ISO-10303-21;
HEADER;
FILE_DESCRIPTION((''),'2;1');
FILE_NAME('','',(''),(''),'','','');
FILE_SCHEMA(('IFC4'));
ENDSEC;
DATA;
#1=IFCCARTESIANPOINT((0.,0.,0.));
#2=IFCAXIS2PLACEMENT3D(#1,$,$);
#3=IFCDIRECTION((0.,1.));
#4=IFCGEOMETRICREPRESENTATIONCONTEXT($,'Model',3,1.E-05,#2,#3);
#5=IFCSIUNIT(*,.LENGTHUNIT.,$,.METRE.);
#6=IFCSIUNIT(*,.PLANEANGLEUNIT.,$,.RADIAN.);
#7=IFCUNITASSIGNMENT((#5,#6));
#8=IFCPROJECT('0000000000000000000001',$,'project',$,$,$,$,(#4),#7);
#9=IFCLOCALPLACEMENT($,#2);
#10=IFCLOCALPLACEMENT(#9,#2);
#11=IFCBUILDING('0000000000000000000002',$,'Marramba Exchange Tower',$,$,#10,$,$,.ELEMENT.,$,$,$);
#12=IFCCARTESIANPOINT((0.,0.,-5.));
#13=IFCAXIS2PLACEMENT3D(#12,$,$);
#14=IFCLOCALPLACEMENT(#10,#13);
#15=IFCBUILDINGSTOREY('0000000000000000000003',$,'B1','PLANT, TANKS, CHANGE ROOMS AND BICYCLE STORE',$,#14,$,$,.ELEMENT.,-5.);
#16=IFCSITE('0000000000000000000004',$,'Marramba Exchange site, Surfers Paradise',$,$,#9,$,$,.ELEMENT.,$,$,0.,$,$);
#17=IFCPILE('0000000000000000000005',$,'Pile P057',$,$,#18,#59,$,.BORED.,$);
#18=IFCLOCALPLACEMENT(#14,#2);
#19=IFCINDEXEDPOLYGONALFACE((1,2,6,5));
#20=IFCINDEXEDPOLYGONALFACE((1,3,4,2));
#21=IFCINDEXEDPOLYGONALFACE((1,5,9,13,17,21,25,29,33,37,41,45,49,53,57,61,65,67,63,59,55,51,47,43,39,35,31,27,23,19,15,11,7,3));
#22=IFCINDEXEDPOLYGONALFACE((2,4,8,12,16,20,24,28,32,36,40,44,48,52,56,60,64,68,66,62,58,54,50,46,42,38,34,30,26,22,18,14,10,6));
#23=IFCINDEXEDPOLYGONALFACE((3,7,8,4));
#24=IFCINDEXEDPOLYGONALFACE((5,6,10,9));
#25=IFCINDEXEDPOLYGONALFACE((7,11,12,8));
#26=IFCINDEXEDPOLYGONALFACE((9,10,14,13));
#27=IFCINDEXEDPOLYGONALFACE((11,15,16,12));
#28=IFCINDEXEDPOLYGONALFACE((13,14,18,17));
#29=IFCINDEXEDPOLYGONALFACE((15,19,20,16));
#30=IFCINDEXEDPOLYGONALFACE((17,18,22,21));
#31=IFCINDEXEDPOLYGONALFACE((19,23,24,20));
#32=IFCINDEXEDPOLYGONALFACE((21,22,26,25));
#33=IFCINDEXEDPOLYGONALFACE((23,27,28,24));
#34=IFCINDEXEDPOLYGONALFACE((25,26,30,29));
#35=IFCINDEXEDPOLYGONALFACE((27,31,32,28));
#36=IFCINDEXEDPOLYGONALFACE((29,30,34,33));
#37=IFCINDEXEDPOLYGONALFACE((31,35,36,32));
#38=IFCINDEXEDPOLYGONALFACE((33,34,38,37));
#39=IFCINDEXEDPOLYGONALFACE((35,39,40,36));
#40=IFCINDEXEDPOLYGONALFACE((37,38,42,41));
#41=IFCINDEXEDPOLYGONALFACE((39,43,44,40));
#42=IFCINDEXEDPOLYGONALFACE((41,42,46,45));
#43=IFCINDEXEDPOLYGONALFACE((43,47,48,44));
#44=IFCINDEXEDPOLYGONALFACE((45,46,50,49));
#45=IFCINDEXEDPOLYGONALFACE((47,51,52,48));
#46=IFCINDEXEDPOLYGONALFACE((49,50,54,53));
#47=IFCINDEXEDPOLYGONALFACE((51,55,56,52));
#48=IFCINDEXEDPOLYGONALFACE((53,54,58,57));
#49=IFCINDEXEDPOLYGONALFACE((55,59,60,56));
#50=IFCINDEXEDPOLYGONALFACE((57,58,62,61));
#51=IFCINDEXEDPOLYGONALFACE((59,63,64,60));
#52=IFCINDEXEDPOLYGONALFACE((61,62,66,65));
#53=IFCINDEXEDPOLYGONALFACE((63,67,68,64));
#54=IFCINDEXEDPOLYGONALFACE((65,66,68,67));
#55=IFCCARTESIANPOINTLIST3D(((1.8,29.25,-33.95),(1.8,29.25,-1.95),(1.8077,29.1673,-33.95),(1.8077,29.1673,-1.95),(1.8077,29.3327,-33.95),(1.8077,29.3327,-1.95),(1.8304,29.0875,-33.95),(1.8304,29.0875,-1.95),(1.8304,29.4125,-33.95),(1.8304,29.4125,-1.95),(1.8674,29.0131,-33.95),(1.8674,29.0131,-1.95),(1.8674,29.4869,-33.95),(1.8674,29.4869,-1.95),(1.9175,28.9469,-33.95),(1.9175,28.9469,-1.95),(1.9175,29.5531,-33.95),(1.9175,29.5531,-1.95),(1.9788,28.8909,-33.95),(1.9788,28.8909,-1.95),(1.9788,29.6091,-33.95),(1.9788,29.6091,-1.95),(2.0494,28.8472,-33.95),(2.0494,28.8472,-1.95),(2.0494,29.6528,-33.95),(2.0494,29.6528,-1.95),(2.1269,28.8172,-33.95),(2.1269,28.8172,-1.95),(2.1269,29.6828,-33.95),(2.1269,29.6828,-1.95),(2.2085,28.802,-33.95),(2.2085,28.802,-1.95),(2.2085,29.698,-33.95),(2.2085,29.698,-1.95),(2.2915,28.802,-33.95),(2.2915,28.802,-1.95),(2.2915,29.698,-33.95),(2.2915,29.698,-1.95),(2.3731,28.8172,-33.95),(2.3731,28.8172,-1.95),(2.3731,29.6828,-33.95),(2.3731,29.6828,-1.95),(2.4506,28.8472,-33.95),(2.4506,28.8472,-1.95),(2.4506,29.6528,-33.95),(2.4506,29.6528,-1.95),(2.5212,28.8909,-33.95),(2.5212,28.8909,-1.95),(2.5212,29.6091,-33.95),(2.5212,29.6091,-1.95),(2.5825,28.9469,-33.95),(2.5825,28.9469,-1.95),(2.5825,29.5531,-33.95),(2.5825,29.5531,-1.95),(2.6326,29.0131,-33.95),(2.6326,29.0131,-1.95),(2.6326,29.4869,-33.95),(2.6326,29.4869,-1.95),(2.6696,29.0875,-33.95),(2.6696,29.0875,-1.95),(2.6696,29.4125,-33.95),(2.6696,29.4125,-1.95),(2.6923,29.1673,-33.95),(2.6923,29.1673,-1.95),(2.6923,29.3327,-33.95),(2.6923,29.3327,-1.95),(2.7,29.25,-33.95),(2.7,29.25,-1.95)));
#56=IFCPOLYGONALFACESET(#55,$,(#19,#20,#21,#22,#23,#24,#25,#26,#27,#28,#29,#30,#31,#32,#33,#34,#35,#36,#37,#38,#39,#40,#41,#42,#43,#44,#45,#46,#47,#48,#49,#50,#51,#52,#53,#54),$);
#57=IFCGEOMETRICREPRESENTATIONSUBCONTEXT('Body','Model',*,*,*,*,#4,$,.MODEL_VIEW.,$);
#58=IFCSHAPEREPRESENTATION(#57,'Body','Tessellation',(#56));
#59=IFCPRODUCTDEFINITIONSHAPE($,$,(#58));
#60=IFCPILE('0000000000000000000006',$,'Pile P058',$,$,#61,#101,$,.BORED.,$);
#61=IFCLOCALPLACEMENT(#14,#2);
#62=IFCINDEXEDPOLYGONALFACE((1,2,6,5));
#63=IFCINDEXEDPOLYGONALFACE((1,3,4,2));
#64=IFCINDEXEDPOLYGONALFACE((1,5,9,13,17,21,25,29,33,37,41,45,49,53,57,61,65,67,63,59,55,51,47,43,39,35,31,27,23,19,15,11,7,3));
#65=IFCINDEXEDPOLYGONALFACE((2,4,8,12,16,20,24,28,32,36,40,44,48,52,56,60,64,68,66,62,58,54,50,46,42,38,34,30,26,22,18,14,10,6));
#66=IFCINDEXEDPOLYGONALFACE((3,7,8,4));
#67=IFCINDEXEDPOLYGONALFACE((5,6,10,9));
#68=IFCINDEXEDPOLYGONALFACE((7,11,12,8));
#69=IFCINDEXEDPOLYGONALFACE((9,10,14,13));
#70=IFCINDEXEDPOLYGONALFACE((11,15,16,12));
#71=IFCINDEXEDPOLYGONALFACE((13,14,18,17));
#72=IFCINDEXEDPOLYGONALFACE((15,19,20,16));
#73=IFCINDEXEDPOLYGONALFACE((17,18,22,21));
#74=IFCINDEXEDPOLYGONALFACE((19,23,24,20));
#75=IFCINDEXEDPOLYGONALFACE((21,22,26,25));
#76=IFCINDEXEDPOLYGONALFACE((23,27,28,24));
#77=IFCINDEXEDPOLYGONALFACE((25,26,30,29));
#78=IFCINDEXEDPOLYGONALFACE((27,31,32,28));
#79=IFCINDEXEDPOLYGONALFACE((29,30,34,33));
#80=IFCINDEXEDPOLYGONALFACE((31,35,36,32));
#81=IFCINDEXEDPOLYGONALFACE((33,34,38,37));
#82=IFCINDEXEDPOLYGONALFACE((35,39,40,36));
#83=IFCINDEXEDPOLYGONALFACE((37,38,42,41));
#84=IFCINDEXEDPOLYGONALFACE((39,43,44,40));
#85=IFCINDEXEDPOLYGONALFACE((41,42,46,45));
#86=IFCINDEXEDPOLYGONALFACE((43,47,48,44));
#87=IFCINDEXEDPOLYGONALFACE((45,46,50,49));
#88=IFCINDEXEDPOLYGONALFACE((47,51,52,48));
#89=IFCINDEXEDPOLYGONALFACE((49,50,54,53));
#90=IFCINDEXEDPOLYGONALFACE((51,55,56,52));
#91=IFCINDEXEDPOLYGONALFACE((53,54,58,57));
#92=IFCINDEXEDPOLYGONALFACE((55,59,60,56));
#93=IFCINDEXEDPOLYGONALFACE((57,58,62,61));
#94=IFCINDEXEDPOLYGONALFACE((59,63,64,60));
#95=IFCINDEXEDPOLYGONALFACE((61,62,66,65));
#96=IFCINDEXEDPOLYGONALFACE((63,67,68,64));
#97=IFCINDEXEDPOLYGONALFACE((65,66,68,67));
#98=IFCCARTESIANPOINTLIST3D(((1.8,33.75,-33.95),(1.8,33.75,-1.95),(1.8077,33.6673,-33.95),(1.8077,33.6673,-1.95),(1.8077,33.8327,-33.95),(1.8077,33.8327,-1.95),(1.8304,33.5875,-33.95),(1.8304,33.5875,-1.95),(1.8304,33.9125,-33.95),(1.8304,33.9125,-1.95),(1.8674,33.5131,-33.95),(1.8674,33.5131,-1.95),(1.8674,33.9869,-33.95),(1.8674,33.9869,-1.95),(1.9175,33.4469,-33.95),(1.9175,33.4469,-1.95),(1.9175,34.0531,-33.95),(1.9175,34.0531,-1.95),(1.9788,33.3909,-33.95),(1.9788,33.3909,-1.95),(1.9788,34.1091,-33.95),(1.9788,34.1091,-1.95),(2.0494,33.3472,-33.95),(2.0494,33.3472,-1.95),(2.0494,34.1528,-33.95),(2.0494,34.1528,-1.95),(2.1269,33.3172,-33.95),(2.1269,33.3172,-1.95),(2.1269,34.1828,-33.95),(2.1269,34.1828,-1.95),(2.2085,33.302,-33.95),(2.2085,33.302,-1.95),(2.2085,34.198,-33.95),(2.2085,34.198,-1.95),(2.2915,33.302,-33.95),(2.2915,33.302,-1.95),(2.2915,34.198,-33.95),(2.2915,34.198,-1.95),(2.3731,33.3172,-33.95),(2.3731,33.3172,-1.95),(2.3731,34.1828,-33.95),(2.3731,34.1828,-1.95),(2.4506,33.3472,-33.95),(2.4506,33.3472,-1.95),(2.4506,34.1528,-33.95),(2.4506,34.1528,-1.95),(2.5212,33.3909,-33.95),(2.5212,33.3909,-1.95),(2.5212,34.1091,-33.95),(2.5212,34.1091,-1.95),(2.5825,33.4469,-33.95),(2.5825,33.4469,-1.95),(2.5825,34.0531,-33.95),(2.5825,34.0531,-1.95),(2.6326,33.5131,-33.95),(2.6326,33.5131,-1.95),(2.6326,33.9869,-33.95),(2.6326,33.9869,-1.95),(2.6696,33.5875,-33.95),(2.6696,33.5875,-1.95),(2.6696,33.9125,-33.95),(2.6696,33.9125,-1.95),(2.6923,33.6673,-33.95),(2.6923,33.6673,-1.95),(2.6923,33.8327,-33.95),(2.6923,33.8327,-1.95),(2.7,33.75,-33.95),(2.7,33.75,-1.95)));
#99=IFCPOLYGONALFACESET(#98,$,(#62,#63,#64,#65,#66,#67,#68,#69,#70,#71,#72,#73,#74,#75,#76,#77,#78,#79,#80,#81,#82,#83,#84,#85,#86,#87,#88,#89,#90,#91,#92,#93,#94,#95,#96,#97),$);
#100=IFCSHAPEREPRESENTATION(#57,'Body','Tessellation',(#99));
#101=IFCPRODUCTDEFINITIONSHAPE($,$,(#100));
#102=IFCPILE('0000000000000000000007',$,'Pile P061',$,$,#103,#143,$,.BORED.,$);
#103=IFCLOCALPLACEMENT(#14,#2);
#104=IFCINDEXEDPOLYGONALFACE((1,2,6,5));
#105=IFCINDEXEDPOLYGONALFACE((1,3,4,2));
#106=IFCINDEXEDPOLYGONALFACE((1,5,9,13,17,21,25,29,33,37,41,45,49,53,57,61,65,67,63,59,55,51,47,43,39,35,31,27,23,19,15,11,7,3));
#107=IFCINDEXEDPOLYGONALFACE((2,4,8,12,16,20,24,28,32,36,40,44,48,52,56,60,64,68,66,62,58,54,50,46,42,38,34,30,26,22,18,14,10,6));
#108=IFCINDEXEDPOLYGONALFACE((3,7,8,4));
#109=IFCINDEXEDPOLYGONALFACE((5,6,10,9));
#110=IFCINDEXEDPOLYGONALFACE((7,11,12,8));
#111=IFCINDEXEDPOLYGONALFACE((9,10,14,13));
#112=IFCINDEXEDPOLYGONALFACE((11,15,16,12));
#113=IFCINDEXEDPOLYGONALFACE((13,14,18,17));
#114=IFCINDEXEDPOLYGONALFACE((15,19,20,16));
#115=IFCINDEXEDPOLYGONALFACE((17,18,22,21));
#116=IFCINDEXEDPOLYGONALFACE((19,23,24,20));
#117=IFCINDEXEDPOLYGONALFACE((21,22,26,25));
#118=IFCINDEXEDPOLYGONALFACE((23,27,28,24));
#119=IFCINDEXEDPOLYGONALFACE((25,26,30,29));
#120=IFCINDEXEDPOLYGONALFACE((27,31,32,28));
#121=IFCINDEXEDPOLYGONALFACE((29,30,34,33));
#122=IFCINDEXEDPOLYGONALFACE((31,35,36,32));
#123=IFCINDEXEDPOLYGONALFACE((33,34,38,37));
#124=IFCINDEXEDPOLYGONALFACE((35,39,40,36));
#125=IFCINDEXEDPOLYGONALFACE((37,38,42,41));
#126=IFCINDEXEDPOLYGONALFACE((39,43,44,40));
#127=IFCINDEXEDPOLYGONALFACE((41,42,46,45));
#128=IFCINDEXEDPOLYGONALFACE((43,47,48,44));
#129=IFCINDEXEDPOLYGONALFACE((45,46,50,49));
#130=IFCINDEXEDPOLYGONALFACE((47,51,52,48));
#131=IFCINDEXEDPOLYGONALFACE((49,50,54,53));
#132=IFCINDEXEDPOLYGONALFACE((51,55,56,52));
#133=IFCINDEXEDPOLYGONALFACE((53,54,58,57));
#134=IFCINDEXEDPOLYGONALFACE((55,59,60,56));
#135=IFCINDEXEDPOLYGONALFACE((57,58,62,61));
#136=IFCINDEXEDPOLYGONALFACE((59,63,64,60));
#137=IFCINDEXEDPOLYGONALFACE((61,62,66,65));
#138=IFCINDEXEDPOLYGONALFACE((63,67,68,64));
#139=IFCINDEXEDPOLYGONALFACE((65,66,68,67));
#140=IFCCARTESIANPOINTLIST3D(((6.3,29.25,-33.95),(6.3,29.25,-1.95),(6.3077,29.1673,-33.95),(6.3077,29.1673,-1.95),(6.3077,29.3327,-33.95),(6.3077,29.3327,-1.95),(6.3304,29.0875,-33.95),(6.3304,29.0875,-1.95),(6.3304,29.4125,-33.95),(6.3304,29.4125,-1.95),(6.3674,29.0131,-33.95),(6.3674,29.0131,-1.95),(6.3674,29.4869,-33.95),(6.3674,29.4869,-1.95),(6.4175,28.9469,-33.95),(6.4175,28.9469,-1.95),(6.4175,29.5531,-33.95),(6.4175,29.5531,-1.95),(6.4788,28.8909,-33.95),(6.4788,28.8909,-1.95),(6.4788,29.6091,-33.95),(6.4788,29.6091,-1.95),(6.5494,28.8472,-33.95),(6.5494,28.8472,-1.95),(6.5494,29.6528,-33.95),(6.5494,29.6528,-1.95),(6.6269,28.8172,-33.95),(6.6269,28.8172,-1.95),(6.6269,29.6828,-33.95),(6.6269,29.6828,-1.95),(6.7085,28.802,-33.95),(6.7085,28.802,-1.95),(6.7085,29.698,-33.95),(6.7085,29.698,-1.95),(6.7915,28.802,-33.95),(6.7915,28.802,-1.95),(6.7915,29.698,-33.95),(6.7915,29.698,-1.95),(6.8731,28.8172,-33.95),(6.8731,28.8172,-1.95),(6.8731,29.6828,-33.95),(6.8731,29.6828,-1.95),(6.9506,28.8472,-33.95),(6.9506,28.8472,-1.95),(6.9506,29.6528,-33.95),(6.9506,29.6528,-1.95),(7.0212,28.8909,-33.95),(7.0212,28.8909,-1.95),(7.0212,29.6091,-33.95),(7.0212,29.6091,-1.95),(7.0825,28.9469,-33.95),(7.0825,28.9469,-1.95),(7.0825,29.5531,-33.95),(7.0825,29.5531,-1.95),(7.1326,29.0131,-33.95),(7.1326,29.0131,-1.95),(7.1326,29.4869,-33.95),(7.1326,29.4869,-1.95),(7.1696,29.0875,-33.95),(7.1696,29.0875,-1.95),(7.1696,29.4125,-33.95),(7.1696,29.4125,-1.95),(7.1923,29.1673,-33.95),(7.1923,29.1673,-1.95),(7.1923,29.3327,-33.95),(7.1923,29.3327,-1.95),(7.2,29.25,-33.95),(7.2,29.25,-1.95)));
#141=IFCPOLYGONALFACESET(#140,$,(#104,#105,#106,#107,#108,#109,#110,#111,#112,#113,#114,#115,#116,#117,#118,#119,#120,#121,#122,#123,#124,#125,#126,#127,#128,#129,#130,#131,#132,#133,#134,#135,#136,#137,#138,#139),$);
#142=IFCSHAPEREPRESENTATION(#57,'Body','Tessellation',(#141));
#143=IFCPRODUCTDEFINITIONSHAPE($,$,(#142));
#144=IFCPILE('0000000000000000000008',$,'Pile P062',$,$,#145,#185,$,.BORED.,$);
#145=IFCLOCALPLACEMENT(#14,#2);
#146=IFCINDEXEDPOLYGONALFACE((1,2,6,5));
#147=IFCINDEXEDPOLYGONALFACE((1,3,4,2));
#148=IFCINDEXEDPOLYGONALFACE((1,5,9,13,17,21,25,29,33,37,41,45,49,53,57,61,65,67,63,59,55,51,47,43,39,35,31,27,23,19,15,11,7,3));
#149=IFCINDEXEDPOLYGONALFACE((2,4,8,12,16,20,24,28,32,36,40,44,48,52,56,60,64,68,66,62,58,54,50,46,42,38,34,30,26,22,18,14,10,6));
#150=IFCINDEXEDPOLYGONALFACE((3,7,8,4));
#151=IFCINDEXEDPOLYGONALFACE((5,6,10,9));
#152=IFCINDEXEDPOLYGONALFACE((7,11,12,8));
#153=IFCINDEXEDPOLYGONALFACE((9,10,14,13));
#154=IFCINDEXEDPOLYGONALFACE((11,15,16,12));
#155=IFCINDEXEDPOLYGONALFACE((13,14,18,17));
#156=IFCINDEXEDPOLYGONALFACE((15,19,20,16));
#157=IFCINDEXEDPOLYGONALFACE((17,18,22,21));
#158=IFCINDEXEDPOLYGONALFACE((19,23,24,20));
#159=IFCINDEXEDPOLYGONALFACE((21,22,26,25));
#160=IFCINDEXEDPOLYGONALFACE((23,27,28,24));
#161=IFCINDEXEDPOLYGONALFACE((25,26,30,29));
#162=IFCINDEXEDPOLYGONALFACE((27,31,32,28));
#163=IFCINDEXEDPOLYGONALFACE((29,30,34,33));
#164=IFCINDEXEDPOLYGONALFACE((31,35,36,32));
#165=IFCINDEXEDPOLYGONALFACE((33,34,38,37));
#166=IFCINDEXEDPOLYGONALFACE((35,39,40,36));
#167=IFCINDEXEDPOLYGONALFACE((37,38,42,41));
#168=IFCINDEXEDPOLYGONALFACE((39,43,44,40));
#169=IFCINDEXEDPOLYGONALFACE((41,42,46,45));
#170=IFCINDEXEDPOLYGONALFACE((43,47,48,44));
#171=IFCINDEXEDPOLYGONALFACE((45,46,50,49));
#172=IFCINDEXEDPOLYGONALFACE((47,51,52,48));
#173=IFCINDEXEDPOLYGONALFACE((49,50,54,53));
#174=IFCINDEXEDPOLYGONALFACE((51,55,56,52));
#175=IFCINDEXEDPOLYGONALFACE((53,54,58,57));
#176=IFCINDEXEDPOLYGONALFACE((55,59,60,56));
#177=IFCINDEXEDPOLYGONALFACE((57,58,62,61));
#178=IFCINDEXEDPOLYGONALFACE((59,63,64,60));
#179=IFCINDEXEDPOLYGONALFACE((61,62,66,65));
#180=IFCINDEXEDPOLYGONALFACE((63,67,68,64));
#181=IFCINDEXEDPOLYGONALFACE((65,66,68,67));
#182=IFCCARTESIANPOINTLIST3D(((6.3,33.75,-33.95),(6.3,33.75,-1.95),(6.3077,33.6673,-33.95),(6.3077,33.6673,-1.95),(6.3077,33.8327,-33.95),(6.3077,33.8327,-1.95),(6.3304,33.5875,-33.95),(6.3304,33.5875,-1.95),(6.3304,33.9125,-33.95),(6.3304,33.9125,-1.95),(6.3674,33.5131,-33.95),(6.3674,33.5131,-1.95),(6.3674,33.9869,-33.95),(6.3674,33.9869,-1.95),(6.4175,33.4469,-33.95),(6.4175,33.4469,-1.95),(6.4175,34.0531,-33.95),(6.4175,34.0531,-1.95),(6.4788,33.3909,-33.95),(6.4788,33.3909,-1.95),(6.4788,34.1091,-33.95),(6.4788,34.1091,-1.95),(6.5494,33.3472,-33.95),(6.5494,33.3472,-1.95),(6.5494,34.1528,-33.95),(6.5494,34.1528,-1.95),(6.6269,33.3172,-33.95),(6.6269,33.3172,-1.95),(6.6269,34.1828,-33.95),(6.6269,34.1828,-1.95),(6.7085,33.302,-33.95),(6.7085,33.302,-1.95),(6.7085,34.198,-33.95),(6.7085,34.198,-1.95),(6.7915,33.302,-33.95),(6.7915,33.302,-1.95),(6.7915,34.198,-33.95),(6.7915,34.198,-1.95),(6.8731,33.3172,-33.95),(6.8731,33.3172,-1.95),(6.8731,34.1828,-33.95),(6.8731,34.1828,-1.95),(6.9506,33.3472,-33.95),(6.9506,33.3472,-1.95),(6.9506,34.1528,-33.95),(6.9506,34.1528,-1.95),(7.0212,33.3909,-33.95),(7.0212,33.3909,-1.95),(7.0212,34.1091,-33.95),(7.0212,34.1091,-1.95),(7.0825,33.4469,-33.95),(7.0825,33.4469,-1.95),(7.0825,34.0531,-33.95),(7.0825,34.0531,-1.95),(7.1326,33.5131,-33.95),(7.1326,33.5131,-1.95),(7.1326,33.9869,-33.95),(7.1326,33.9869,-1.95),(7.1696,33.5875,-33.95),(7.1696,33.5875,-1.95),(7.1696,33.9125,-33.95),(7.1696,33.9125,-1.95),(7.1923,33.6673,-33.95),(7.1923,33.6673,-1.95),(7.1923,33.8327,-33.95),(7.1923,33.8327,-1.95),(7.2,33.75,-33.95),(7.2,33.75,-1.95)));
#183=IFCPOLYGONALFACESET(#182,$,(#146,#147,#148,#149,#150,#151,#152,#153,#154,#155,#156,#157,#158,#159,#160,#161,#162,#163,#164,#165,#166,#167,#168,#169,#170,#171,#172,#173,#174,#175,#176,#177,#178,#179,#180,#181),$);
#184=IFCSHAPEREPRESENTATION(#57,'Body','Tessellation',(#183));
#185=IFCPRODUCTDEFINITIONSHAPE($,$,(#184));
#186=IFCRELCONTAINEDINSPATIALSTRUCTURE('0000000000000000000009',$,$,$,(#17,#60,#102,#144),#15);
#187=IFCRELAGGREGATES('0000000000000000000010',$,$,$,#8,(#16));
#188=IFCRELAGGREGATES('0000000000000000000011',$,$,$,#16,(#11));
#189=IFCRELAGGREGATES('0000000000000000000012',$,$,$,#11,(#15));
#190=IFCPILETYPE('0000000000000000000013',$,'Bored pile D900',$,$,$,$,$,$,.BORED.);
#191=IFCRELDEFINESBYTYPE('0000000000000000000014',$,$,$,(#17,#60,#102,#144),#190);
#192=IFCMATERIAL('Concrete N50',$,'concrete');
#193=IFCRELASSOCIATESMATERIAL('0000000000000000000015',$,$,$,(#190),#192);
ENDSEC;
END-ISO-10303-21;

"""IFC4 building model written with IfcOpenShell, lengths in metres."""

from ifc_helpers import new_model, si_unit, direction, frame, origin, origin_2d, place, context, subcontext, project, spatial, circle, extrude, material, material_profile, profile_set, type_object, element, save


model = new_model("IFC4")

# Units and contexts
model_context = context("Model", 3, precision=1e-05, world=origin(), true_north=direction((0.0, 1.0)))
body_context = subcontext(model_context, "Body", "Model", "MODEL_VIEW")
ifc_project = project(units=[si_unit("LENGTHUNIT", "METRE"), si_unit("PLANEANGLEUNIT", "RADIAN")], contexts=[model_context])

# Site, building, storey
site_placement = place(None, origin())
site = spatial("IfcSite", under=ifc_project, at=site_placement, Name="Marramba Exchange site, Surfers Paradise", CompositionType="ELEMENT", RefElevation=0.0)
building_placement = place(site_placement, origin())
building = spatial("IfcBuilding", under=site, at=building_placement, Name="Marramba Exchange Tower", CompositionType="ELEMENT")
storey_placement = place(building_placement, frame((0.0, 0.0, -5.0)))
storey = spatial("IfcBuildingStorey", under=building, at=storey_placement, Name="B1", Description="PLANT, TANKS, CHANGE ROOMS AND BICYCLE STORE", CompositionType="ELEMENT", Elevation=-5.0)

# Piles
ifc_material_1 = material(Name="Concrete N50", Category="concrete")
ifc_material_profile_1 = material_profile(ifc_material_1, circle(Radius=0.45, at=origin_2d()), Name="BP D900")
ifc_profile_set_1 = profile_set([ifc_material_profile_1], Name="Concrete N50")
pile_type = type_object("IfcPileType", Name="Bored pile D900", PredefinedType="BORED", material=ifc_profile_set_1)
for number, where, z_axis, x_axis, name in (
    (1, (2.25, 29.25, -1.95), (0.0, 0.0, -1.0), (1.0, 0.0, 0.0), "Pile P057"),
    (2, (2.25, 33.75, -1.95), (0.0, 0.0, -1.0), (1.0, 0.0, 0.0), "Pile P058"),
    (3, (6.75, 29.25, -1.95), (0.0, 0.0, -1.0), (1.0, 0.0, 0.0), "Pile P061"),
    (4, (6.75, 33.75, -1.95), (0.0, 0.0, -1.0), (1.0, 0.0, 0.0), "Pile P062"),
):
    element("IfcPile", number, at=place(storey_placement, frame(where, z_axis=z_axis, x_axis=x_axis)), inside=storey, type_object=pile_type, Name=name, PredefinedType="BORED", context=body_context, shape_type="SweptSolid", body=[
        extrude(circle(Radius=0.45, at=origin_2d()), origin(), (0.0, 0.0, 1.0), 32.0),
    ])

save(model, "model.ifc")
